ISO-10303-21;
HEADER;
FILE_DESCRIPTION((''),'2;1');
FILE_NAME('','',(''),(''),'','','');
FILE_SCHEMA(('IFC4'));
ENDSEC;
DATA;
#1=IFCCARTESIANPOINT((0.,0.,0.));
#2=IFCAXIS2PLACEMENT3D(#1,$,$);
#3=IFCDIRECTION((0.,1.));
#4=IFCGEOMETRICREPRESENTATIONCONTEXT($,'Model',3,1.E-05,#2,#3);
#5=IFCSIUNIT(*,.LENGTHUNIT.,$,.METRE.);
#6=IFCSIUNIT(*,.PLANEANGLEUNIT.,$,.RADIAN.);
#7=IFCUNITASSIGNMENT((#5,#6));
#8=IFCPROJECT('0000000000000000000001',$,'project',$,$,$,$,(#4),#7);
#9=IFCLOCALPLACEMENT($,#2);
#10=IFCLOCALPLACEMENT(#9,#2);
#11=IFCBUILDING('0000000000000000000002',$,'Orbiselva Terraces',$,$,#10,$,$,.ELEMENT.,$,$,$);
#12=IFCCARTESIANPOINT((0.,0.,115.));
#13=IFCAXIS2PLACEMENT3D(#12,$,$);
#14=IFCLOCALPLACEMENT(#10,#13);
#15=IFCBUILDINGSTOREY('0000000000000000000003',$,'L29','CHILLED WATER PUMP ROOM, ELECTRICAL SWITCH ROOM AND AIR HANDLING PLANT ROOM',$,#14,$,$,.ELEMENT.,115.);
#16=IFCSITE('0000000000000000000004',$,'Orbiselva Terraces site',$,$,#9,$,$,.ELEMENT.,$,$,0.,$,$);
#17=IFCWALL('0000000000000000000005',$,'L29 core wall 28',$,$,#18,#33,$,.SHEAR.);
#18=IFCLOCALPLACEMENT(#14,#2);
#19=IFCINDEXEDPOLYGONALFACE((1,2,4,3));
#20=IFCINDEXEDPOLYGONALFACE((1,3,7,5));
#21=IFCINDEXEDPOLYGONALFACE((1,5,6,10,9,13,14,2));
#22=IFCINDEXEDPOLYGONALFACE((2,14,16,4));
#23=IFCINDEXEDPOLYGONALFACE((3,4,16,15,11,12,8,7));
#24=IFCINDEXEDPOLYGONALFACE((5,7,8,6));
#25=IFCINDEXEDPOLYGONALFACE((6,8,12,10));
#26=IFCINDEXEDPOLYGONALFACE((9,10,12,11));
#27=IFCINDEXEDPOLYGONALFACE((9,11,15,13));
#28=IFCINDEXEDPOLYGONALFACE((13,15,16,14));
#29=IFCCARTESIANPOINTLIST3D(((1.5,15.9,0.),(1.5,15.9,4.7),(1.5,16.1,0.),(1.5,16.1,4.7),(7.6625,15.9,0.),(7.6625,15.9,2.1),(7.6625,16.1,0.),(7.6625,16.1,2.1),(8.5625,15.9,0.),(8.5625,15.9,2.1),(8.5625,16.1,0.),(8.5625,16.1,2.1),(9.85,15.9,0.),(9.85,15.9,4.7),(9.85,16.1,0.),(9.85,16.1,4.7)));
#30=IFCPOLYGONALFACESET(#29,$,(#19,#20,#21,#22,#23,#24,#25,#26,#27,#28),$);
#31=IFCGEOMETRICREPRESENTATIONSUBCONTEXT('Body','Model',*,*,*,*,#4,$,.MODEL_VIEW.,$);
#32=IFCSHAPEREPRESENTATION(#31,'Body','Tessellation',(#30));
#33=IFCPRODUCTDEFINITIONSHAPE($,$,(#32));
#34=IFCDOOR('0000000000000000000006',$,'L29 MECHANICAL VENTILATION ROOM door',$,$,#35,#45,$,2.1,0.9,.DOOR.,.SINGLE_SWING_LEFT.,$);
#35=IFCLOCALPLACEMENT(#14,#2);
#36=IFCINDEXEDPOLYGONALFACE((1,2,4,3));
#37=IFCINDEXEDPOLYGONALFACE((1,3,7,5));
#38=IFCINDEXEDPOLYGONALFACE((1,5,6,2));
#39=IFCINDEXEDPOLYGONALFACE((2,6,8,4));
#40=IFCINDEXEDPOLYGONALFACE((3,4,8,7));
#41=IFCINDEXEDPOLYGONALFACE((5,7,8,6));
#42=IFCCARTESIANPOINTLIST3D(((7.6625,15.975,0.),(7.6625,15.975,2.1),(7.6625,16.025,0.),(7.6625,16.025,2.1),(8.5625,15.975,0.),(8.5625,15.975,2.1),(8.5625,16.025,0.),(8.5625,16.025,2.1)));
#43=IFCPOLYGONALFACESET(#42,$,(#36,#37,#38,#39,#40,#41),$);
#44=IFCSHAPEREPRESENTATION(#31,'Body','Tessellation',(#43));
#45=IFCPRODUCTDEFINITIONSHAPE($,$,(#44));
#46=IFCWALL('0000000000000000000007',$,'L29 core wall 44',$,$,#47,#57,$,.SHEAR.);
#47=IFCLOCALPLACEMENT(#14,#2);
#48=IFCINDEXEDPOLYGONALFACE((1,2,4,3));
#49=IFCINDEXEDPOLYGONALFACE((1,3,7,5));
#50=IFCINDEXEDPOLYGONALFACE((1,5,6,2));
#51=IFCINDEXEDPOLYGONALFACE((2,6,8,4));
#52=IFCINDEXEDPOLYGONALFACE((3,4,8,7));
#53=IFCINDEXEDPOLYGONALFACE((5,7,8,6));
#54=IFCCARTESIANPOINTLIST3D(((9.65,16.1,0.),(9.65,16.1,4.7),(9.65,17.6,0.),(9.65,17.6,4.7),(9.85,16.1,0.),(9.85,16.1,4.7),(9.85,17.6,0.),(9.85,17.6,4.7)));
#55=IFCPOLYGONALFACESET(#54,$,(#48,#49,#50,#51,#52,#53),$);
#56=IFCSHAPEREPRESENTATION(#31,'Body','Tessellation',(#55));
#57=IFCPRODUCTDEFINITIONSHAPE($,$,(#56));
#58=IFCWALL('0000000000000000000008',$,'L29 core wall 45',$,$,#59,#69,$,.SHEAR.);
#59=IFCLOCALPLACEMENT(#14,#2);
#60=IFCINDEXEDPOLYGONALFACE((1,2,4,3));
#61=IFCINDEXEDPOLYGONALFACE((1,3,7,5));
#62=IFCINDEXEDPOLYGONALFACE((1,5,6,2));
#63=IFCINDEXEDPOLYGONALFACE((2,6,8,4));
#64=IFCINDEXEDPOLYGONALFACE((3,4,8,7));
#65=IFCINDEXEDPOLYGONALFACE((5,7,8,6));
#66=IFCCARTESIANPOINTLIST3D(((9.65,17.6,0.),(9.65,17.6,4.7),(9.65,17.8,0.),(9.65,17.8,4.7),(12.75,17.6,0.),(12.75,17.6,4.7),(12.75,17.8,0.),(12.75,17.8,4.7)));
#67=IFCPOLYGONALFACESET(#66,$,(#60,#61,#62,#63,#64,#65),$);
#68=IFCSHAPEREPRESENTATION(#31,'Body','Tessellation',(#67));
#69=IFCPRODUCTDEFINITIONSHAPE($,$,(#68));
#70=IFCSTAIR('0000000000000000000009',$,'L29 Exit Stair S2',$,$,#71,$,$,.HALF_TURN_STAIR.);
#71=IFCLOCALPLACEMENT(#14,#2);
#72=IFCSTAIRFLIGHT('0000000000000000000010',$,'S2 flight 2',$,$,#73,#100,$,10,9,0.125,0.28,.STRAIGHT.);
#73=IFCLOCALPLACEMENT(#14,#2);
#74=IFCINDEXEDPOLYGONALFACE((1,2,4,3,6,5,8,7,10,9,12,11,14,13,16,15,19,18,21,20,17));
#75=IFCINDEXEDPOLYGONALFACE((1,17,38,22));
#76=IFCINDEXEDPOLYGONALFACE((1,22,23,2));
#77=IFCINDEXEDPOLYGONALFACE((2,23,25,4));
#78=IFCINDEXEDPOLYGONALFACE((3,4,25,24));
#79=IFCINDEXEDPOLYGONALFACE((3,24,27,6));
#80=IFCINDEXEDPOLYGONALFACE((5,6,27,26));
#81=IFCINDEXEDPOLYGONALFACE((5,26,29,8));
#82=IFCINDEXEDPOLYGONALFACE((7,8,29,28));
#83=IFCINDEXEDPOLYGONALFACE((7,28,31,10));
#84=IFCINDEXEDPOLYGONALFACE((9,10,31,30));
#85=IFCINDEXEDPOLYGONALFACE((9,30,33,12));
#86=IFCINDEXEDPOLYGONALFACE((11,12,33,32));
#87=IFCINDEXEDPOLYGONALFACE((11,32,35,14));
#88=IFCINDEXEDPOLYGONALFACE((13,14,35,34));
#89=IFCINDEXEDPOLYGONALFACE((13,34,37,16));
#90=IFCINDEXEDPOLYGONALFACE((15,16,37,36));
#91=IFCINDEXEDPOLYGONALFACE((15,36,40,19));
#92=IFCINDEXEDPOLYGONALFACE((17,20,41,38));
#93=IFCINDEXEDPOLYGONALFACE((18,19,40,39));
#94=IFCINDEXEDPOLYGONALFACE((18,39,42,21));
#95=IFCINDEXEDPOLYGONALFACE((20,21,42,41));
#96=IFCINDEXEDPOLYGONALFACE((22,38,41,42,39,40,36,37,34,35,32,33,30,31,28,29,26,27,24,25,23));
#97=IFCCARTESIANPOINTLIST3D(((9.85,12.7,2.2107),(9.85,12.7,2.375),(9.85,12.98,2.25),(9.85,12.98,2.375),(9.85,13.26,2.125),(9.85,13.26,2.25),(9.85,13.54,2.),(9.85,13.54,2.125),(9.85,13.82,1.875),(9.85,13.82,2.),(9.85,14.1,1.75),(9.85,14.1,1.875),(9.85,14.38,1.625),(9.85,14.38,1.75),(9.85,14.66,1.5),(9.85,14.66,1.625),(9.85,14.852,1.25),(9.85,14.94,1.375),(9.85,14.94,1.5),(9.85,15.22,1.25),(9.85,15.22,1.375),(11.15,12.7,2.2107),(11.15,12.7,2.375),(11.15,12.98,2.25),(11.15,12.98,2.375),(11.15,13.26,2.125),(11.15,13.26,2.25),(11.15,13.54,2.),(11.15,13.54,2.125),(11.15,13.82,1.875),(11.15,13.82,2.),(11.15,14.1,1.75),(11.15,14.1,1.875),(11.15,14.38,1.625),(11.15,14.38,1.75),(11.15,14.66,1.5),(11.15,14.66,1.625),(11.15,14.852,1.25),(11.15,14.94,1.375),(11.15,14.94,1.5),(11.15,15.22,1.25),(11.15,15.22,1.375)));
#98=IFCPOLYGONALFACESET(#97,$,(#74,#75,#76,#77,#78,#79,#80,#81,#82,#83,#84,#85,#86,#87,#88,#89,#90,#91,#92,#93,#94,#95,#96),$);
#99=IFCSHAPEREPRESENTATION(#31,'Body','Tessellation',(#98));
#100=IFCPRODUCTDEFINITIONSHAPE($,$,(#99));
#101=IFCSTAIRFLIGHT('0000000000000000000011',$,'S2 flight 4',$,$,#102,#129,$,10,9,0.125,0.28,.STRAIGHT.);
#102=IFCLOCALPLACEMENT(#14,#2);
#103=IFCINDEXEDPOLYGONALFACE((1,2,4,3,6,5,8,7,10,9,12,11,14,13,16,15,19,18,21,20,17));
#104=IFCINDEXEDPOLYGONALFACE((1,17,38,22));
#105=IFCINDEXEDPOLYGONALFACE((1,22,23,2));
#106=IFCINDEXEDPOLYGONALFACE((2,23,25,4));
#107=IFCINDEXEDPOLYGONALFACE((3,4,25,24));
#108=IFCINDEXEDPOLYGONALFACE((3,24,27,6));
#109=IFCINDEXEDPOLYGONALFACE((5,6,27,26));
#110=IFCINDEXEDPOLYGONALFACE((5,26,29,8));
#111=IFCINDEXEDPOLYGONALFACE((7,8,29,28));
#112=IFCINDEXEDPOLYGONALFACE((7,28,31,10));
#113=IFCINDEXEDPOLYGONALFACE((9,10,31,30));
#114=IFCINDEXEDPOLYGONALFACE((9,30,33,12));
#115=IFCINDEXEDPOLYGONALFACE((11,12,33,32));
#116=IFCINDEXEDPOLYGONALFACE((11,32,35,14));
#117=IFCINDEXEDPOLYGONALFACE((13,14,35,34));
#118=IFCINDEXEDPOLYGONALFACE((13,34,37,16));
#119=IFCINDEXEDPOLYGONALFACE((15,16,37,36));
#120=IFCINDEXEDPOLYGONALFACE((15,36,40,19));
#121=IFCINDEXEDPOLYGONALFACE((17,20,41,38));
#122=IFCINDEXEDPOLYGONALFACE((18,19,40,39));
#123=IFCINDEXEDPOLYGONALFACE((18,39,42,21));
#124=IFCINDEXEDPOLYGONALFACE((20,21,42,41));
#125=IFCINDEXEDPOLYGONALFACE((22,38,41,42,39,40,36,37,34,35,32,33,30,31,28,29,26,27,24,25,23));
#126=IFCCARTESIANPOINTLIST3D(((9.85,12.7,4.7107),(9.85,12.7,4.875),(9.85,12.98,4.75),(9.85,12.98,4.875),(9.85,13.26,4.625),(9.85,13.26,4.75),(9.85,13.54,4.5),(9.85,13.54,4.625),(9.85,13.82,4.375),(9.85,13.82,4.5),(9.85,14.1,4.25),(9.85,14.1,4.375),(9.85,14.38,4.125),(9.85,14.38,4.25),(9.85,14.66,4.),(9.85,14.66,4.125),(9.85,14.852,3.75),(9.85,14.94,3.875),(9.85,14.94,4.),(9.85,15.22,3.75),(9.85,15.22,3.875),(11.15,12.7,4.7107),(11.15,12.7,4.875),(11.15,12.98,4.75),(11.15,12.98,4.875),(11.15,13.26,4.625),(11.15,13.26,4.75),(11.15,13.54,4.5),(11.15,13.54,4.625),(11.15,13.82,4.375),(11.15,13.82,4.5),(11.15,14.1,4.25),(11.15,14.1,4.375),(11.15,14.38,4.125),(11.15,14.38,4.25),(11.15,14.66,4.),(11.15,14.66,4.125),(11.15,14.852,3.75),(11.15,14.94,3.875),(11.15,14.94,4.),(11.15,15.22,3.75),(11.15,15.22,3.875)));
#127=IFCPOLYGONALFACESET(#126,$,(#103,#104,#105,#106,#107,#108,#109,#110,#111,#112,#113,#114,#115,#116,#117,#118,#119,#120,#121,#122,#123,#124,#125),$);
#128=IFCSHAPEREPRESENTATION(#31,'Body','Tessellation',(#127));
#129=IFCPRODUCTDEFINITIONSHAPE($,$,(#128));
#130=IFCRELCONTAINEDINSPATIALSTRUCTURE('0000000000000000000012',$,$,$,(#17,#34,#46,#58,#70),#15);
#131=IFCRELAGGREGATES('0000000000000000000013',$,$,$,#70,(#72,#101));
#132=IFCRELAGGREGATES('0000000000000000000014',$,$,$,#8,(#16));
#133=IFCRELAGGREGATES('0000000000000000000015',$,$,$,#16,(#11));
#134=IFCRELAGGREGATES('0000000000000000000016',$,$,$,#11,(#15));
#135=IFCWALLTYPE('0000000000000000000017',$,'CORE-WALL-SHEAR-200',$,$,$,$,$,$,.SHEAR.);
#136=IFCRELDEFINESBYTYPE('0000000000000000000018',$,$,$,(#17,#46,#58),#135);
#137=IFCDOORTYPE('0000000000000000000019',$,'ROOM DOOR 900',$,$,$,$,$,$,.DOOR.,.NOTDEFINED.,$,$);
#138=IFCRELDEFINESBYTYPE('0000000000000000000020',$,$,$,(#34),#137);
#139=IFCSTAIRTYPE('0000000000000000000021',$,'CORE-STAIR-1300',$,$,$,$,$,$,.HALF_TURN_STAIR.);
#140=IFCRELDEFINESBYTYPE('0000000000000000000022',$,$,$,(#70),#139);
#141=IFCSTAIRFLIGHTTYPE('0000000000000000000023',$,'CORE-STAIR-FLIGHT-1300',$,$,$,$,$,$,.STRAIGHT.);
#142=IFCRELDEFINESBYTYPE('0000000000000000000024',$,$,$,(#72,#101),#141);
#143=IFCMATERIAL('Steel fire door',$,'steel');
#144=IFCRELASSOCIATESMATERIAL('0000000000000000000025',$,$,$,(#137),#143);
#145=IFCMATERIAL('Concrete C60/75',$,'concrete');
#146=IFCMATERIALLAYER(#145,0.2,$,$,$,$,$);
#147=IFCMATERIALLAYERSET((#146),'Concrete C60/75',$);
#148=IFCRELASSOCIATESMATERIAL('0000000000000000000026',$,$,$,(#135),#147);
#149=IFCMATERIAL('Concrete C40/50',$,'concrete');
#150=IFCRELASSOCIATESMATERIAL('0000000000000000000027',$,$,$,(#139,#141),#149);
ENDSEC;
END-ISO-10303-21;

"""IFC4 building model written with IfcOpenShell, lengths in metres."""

from ifc_helpers import new_model, si_unit, direction, frame, frame_2d, origin, place, context, subcontext, project, spatial, polyline, rectangle, outline, extrude, material, layer, layer_set, type_object, element, fill, aggregate, save


model = new_model("IFC4")

# Units and contexts
model_context = context("Model", 3, precision=1e-05, world=origin(), true_north=direction((0.0, 1.0)))
body_context = subcontext(model_context, "Body", "Model", "MODEL_VIEW")
ifc_project = project(units=[si_unit("LENGTHUNIT", "METRE"), si_unit("PLANEANGLEUNIT", "RADIAN")], contexts=[model_context])

# Site, building, storey
site_placement = place(None, origin())
site = spatial("IfcSite", under=ifc_project, at=site_placement, Name="Orbiselva Terraces site", CompositionType="ELEMENT", RefElevation=0.0)
building_placement = place(site_placement, origin())
building = spatial("IfcBuilding", under=site, at=building_placement, Name="Orbiselva Terraces", CompositionType="ELEMENT")
storey_placement = place(building_placement, frame((0.0, 0.0, 115.0)))
storey = spatial("IfcBuildingStorey", under=building, at=storey_placement, Name="L29", Description="CHILLED WATER PUMP ROOM, ELECTRICAL SWITCH ROOM AND AIR HANDLING PLANT ROOM", CompositionType="ELEMENT", Elevation=115.0)

# Shared definitions
ifc_material_1 = material(Name="Steel fire door", Category="steel")
door_type = type_object("IfcDoorType", Name="ROOM DOOR 900", OperationType="NOTDEFINED", PredefinedType="DOOR", material=ifc_material_1)

# Shared definitions
ifc_material_2 = material(Name="Concrete C40/50", Category="concrete")
ifc_material_3 = material(Name="Concrete C60/75", Category="concrete")
ifc_layer_1 = layer(ifc_material_3, 0.2)
ifc_layer_set_1 = layer_set([ifc_layer_1], Name="Concrete C60/75")
wall_type_1 = type_object("IfcWallType", Name="CORE-WALL-SHEAR-200", PredefinedType="SHEAR", material=ifc_layer_set_1)

# Wall, opening, door
wall_1_placement = place(storey_placement, frame((9.85, 16.0, 0.0), z_axis=(0.0, 0.0, 1.0), x_axis=(-1.0, 0.0, 0.0)))
wall_1 = element("IfcWall", 1, at=wall_1_placement, inside=storey, type_object=wall_type_1, Name="L29 core wall 28", PredefinedType="SHEAR", context=body_context, shape_type="SweptSolid", body=[
    extrude(rectangle(XDim=8.35, YDim=0.2, at=frame_2d((4.175, 0.0))), origin(), (0.0, 0.0, 1.0), 4.7),
])
opening_1_placement = place(wall_1_placement, frame((1.2875, 0.0, 0.0)))
opening_1 = element("IfcOpeningElement", 2, at=opening_1_placement, cuts=wall_1, PredefinedType="OPENING", context=body_context, shape_type="SweptSolid", body=[
    extrude(rectangle(XDim=0.9, YDim=2.1, at=frame_2d((0.45, 1.05))), frame((0.0, 0.11, 0.0), z_axis=(0.0, -1.0, 0.0), x_axis=(1.0, 0.0, 0.0)), (0.0, 0.0, 1.0), 0.22),
])
door_1_placement = place(opening_1_placement, origin())
door_1 = element("IfcDoor", 3, at=door_1_placement, inside=storey, type_object=door_type, Name="L29 MECHANICAL VENTILATION ROOM door", OperationType="SINGLE_SWING_LEFT", OverallHeight=2.1, OverallWidth=0.9, PredefinedType="DOOR", context=body_context, shape_type="SweptSolid", body=[
    extrude(rectangle(XDim=0.9, YDim=2.1, at=frame_2d((0.45, 1.05))), frame((0.0, 0.025, 0.0), z_axis=(0.0, -1.0, 0.0), x_axis=(1.0, 0.0, 0.0)), (0.0, 0.0, 1.0), 0.05),
])
fill(opening_1, door_1)

# Walls
wall_2_placement = place(storey_placement, frame((9.75, 16.1, 0.0), z_axis=(0.0, 0.0, 1.0), x_axis=(0.0, 1.0, 0.0)))
element("IfcWall", 4, at=wall_2_placement, inside=storey, type_object=wall_type_1, Name="L29 core wall 44", PredefinedType="SHEAR", context=body_context, shape_type="SweptSolid", body=[
    extrude(rectangle(XDim=1.5, YDim=0.2, at=frame_2d((0.75, 0.0))), origin(), (0.0, 0.0, 1.0), 4.7),
])
wall_3_placement = place(storey_placement, frame((9.65, 17.7, 0.0), z_axis=(0.0, 0.0, 1.0), x_axis=(1.0, 0.0, 0.0)))
element("IfcWall", 5, at=wall_3_placement, inside=storey, type_object=wall_type_1, Name="L29 core wall 45", PredefinedType="SHEAR", context=body_context, shape_type="SweptSolid", body=[
    extrude(rectangle(XDim=3.1, YDim=0.2, at=frame_2d((1.55, 0.0))), origin(), (0.0, 0.0, 1.0), 4.7),
])

# Stair, stair flights
stair_type = type_object("IfcStairType", Name="CORE-STAIR-1300", PredefinedType="HALF_TURN_STAIR", material=ifc_material_2)
stair_placement = place(storey_placement, origin())
stair = element("IfcStair", 6, at=stair_placement, inside=storey, type_object=stair_type, Name="L29 Exit Stair S2", PredefinedType="HALF_TURN_STAIR")
stair_flight_type = type_object("IfcStairFlightType", Name="CORE-STAIR-FLIGHT-1300", PredefinedType="STRAIGHT", material=ifc_material_2)
stair_flight_1_placement = place(storey_placement, frame((10.5, 15.22, 1.25), z_axis=(0.0, 0.0, 1.0), x_axis=(0.0, -1.0, 0.0)))
stair_flight_1 = element("IfcStairFlight", 7, at=stair_flight_1_placement, type_object=stair_flight_type, Name="S2 flight 2", NumberOfRisers=10, NumberOfTreads=9, PredefinedType="STRAIGHT", RiserHeight=0.125, TreadLength=0.28, context=body_context, shape_type="SweptSolid", body=[
    extrude(outline(polyline([(0.0, 0.0), (0.0, 0.125), (0.28, 0.125), (0.28, 0.25), (0.56, 0.25), (0.56, 0.375), (0.84, 0.375), (0.84, 0.5), (1.12, 0.5), (1.12, 0.625), (1.4, 0.625), (1.4, 0.75), (1.68, 0.75), (1.68, 0.875), (1.96, 0.875), (1.96, 1.0), (2.24, 1.0), (2.24, 1.125), (2.52, 1.125), (2.52, 1.25), (2.52, 0.9607), (0.368, 0.0), (0.0, 0.0)])), frame((0.0, 0.65, 0.0), z_axis=(0.0, -1.0, 0.0), x_axis=(1.0, 0.0, 0.0)), (0.0, 0.0, 1.0), 1.3),
])
stair_flight_2_placement = place(storey_placement, frame((10.5, 15.22, 3.75), z_axis=(0.0, 0.0, 1.0), x_axis=(0.0, -1.0, 0.0)))
stair_flight_2 = element("IfcStairFlight", 8, at=stair_flight_2_placement, type_object=stair_flight_type, Name="S2 flight 4", NumberOfRisers=10, NumberOfTreads=9, PredefinedType="STRAIGHT", RiserHeight=0.125, TreadLength=0.28, context=body_context, shape_type="SweptSolid", body=[
    extrude(outline(polyline([(0.0, 0.0), (0.0, 0.125), (0.28, 0.125), (0.28, 0.25), (0.56, 0.25), (0.56, 0.375), (0.84, 0.375), (0.84, 0.5), (1.12, 0.5), (1.12, 0.625), (1.4, 0.625), (1.4, 0.75), (1.68, 0.75), (1.68, 0.875), (1.96, 0.875), (1.96, 1.0), (2.24, 1.0), (2.24, 1.125), (2.52, 1.125), (2.52, 1.25), (2.52, 0.9607), (0.368, 0.0), (0.0, 0.0)])), frame((0.0, 0.65, 0.0), z_axis=(0.0, -1.0, 0.0), x_axis=(1.0, 0.0, 0.0)), (0.0, 0.0, 1.0), 1.3),
])
aggregate(stair, [stair_flight_1, stair_flight_2])

save(model, "model.ifc")
